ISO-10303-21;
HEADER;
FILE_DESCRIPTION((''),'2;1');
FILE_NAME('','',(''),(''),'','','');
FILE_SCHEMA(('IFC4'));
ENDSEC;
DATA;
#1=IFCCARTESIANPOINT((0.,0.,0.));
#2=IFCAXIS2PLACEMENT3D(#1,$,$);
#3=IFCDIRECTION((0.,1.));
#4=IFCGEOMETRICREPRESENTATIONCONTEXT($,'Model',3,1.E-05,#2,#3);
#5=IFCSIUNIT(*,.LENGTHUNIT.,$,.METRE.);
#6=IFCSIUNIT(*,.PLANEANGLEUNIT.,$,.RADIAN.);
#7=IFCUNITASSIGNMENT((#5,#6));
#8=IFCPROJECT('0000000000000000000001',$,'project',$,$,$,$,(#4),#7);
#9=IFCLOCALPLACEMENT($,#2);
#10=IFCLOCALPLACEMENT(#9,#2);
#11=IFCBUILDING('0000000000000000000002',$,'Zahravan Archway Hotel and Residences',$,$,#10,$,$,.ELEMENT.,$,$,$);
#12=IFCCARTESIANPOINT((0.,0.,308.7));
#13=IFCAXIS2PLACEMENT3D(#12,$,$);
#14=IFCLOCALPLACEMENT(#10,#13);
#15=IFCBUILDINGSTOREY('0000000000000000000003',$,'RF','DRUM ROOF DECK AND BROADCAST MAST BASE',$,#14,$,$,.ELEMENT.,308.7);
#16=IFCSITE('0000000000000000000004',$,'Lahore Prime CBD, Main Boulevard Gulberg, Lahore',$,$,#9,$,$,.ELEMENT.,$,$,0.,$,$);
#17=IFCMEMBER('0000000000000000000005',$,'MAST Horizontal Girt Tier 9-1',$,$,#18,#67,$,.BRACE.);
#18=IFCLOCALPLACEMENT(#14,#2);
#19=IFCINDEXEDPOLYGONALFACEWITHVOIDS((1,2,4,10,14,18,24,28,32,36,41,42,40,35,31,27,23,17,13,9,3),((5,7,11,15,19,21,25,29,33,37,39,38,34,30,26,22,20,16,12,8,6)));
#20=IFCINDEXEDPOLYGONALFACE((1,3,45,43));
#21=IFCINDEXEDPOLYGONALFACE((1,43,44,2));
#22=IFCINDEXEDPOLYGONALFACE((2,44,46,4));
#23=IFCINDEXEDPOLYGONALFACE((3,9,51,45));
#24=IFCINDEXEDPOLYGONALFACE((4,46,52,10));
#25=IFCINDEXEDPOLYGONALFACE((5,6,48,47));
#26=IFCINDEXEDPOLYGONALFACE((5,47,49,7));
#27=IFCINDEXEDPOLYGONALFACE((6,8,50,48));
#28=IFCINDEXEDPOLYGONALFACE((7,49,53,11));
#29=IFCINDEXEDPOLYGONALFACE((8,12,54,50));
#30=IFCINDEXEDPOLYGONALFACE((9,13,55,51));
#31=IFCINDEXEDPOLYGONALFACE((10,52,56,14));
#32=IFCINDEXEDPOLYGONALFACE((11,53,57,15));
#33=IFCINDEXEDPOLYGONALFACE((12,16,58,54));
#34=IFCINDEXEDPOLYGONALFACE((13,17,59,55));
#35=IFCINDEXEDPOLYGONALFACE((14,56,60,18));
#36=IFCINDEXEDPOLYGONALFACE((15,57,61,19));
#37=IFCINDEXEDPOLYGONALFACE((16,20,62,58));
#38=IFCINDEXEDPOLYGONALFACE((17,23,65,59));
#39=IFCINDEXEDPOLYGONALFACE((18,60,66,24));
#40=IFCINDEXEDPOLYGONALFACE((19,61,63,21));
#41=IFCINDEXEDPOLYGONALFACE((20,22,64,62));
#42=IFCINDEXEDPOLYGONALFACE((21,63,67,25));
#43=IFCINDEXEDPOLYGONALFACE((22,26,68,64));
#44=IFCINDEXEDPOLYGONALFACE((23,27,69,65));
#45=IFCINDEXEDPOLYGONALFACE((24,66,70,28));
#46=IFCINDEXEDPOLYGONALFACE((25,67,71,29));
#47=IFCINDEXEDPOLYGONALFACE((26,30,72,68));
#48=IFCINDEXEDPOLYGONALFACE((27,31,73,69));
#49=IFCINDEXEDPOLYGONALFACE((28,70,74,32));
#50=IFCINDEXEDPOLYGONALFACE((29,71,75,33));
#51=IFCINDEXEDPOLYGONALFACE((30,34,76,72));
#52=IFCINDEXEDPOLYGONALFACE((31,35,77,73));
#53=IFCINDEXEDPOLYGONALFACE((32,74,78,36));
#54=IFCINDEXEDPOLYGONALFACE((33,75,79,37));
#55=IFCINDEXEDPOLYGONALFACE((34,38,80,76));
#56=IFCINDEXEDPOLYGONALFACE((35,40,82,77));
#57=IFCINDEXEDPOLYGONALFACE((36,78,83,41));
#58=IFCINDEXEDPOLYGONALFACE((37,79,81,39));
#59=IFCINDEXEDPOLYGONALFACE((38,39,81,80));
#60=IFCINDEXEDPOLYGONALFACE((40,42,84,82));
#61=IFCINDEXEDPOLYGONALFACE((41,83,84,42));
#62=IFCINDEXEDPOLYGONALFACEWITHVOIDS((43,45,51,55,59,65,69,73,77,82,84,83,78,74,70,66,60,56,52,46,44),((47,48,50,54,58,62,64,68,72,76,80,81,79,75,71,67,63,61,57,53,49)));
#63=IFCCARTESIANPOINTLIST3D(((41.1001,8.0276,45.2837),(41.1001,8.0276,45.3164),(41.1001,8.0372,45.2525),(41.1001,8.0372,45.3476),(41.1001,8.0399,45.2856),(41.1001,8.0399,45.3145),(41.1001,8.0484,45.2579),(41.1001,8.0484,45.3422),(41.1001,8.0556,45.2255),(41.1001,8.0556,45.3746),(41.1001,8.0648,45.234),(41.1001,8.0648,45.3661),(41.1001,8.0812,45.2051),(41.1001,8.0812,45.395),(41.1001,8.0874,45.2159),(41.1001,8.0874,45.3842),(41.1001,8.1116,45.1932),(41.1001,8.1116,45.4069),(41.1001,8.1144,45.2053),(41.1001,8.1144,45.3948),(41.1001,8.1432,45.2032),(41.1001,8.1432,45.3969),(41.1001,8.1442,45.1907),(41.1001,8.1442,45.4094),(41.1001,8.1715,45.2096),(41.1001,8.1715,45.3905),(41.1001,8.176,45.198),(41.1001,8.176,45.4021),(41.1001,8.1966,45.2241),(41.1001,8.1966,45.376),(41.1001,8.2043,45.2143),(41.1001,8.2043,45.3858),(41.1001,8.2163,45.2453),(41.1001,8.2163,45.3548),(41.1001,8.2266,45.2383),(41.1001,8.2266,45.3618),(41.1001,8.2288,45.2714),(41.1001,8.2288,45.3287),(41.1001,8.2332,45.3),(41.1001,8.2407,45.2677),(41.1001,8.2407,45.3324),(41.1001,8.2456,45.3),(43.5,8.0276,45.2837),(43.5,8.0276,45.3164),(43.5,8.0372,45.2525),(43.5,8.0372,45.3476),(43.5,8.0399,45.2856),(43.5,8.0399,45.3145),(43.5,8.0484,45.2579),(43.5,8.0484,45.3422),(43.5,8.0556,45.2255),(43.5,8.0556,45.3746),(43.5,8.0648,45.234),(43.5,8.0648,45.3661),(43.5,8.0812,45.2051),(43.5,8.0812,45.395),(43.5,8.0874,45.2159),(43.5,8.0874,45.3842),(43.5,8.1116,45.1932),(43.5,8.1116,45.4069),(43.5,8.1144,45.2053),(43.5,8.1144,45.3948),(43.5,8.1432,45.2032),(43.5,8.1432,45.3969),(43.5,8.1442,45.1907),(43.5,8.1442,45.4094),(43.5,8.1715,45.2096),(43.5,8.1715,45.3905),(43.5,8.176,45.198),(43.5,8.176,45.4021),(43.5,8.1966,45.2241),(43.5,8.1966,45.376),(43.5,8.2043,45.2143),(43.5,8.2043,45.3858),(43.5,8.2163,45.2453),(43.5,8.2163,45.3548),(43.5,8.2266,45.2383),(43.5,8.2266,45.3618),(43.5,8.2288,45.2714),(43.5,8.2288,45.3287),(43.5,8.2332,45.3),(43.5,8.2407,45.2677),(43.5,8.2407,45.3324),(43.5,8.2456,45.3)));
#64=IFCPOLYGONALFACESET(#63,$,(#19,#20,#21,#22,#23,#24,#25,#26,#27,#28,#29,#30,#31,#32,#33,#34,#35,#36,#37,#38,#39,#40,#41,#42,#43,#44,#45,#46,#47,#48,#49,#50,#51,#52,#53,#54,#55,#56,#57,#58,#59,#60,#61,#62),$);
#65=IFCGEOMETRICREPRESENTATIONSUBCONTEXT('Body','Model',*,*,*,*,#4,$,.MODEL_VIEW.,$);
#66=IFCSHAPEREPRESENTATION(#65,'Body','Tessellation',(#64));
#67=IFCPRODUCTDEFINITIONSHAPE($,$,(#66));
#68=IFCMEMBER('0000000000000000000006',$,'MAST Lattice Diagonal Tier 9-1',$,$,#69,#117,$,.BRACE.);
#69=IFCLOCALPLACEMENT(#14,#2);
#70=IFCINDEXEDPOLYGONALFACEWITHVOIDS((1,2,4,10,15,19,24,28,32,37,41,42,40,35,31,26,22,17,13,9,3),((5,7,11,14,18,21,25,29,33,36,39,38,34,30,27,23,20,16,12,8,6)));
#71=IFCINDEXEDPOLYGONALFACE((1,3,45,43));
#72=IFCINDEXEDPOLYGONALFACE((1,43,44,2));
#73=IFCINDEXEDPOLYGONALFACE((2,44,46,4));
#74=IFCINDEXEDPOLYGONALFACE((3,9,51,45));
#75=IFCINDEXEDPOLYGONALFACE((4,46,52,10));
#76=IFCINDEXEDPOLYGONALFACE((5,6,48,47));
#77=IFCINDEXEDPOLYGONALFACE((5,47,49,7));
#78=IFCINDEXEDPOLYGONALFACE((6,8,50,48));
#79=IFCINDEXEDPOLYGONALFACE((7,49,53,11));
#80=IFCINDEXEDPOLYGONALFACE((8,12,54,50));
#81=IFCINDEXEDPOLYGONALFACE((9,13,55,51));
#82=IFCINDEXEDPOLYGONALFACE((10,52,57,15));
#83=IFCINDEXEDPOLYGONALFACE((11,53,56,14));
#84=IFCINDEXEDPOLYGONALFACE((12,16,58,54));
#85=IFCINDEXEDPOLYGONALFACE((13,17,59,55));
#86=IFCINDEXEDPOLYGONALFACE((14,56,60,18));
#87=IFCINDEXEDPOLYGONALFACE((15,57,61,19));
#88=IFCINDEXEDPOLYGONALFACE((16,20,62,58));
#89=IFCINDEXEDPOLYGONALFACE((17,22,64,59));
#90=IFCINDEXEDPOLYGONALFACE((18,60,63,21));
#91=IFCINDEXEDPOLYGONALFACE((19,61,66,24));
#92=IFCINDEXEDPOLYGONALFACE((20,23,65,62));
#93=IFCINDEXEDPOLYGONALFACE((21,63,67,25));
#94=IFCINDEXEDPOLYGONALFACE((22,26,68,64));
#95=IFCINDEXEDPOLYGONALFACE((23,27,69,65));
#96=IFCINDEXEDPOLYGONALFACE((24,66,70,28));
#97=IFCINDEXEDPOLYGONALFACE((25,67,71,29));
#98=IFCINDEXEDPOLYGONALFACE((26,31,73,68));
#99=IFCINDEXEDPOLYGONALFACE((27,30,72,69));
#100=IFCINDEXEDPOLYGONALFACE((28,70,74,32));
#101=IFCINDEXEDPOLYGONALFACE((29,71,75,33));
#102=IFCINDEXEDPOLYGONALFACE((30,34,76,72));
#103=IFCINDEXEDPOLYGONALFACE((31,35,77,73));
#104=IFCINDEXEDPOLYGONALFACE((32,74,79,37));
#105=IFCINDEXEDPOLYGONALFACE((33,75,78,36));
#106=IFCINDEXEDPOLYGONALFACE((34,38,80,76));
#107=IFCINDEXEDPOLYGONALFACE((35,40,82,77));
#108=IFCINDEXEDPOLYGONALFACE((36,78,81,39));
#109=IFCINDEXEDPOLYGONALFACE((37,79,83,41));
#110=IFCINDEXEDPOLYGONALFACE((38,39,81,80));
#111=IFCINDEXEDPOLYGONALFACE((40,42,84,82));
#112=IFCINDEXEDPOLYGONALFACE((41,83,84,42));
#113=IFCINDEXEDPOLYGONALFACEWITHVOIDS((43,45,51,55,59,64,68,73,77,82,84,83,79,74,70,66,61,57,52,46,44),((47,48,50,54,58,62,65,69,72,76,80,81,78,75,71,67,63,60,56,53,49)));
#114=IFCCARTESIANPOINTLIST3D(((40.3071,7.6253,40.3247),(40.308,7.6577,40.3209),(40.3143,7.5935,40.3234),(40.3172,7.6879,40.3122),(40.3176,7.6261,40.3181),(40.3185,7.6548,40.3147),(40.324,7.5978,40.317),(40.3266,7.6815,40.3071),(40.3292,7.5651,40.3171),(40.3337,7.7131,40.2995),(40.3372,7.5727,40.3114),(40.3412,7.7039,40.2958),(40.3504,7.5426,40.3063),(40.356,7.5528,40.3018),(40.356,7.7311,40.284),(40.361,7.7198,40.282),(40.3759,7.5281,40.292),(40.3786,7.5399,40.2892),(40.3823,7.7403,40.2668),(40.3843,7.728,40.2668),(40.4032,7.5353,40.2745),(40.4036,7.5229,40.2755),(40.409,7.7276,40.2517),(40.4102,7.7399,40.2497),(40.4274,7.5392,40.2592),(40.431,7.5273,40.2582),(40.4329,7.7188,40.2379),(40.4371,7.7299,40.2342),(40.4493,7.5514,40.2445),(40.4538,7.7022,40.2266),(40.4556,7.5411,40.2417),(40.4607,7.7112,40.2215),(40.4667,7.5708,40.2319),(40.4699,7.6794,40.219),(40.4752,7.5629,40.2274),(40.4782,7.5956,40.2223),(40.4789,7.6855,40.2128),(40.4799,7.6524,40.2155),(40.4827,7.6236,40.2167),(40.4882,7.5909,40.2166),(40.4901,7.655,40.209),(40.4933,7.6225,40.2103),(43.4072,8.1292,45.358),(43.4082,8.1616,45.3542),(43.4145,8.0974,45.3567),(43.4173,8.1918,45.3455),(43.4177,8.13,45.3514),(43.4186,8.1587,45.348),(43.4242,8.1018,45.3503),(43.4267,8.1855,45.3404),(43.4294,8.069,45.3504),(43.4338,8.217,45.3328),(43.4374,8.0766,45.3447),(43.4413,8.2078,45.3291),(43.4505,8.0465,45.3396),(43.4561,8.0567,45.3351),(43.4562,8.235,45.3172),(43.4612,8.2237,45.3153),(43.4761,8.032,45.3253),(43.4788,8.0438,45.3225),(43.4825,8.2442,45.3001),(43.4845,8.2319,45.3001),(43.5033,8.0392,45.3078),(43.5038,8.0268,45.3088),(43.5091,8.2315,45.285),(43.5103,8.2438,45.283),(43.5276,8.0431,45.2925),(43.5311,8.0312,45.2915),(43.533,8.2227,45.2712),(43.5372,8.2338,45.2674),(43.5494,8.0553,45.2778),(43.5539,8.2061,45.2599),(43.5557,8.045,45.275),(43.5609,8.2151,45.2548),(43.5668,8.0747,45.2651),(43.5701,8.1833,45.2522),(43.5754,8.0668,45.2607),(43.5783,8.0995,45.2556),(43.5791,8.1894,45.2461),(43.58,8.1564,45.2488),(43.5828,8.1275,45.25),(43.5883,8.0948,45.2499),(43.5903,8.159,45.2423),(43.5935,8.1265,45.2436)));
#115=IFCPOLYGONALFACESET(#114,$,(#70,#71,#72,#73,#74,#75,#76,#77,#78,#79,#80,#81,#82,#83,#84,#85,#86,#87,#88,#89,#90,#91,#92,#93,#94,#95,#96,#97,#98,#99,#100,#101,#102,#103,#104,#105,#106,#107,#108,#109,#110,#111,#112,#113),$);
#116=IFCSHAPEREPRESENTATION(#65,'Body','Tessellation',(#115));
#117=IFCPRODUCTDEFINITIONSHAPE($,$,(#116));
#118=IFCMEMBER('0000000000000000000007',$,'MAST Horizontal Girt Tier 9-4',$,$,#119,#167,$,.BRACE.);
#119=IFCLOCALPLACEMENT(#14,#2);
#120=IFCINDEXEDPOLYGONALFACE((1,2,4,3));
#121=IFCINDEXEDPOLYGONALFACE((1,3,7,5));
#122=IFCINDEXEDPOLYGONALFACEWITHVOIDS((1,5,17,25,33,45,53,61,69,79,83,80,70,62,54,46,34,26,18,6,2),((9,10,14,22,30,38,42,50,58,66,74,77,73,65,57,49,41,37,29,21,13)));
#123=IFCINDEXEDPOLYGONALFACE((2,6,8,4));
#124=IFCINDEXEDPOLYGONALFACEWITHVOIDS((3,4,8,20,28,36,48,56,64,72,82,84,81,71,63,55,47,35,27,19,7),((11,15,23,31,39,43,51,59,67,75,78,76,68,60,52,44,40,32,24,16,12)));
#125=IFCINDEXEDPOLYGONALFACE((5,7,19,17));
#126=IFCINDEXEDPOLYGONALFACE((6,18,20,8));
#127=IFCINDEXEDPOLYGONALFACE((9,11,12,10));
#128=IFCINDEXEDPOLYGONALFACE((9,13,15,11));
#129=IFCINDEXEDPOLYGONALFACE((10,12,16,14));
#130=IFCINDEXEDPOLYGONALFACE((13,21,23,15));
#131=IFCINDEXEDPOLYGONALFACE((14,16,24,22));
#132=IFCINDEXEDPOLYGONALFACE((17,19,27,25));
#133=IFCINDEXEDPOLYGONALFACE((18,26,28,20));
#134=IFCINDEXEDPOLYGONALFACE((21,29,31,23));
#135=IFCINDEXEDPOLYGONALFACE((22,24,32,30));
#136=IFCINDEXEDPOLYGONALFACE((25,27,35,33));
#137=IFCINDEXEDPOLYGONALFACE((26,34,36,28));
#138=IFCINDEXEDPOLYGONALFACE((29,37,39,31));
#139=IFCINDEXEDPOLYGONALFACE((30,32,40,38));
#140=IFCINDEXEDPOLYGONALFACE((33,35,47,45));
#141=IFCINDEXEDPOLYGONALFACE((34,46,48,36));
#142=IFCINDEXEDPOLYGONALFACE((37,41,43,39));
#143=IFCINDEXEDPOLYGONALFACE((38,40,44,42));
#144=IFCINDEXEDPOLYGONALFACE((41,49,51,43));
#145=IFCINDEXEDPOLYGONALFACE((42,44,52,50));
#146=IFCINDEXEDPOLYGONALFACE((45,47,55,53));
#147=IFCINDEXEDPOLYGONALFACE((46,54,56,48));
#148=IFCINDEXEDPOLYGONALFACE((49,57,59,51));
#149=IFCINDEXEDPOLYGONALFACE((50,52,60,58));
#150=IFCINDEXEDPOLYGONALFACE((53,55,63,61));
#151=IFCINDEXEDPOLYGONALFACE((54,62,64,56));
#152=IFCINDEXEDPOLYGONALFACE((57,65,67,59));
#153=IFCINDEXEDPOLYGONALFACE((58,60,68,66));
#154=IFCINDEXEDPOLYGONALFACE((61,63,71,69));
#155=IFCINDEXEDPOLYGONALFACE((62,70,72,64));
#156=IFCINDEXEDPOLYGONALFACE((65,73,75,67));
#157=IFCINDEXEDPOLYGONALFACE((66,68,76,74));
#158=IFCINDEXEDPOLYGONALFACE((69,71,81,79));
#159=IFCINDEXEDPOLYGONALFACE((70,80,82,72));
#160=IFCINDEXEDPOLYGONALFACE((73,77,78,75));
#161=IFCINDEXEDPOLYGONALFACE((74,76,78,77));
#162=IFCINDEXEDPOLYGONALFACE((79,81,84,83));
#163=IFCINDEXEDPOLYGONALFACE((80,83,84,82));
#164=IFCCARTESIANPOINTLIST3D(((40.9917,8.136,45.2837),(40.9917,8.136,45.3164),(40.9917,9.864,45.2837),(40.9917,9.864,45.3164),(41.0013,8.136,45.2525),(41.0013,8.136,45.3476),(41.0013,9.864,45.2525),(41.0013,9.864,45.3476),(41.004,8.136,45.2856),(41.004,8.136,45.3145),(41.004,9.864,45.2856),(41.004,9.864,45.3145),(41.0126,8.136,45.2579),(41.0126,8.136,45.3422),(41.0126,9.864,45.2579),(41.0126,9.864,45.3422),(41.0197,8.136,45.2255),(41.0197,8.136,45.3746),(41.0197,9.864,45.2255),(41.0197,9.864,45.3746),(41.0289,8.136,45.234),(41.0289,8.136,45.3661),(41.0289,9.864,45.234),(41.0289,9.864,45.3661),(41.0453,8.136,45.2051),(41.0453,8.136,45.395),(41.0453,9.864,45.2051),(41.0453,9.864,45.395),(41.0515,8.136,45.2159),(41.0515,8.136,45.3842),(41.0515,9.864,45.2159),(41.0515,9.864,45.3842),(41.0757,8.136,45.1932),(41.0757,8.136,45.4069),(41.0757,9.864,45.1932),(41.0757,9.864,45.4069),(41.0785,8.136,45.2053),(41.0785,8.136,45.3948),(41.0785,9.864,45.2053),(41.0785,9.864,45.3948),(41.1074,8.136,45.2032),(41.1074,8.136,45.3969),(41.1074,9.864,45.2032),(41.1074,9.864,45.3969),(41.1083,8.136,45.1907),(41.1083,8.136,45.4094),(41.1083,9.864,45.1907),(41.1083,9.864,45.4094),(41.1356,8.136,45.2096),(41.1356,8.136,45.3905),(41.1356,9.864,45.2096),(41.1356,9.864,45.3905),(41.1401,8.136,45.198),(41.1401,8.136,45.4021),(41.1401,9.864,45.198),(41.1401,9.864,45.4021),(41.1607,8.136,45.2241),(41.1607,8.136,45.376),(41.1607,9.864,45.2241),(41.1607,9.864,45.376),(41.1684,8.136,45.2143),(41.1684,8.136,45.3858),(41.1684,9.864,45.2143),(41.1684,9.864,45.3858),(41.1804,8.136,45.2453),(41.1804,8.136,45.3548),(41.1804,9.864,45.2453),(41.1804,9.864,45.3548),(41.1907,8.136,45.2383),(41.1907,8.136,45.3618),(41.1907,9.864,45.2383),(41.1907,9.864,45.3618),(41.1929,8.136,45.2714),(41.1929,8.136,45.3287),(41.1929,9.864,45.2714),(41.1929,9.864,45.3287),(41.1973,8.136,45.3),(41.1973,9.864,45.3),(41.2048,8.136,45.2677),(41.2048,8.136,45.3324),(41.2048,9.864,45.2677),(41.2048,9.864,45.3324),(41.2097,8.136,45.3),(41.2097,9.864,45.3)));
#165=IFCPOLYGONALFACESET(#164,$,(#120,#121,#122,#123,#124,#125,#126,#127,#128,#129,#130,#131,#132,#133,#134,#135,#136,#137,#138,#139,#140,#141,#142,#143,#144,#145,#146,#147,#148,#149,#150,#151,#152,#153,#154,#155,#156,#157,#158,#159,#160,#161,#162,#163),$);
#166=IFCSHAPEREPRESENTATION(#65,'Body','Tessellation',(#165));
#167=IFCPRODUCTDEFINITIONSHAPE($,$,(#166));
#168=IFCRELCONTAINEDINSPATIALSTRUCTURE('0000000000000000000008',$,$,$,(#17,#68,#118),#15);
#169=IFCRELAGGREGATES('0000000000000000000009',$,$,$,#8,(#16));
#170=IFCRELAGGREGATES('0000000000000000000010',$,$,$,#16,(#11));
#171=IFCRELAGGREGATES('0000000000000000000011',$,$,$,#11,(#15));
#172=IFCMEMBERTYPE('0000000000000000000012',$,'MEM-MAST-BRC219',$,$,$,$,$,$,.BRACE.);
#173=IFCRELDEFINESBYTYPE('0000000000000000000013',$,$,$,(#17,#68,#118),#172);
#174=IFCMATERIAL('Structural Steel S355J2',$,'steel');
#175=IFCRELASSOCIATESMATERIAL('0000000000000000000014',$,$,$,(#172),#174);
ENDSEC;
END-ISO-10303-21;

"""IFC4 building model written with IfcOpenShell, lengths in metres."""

from ifc_helpers import new_model, si_unit, direction, frame, origin, origin_2d, place, context, subcontext, project, spatial, hollow_circle, extrude, source, transform, mapped, material, material_profile, profile_set, type_object, element, save


model = new_model("IFC4")

# Units and contexts
model_context = context("Model", 3, precision=1e-05, world=origin(), true_north=direction((0.0, 1.0)))
body_context = subcontext(model_context, "Body", "Model", "MODEL_VIEW")
ifc_project = project(units=[si_unit("LENGTHUNIT", "METRE"), si_unit("PLANEANGLEUNIT", "RADIAN")], contexts=[model_context])

# Site, building, storey
site_placement = place(None, origin())
site = spatial("IfcSite", under=ifc_project, at=site_placement, Name="Lahore Prime CBD, Main Boulevard Gulberg, Lahore", CompositionType="ELEMENT", RefElevation=0.0)
building_placement = place(site_placement, origin())
building = spatial("IfcBuilding", under=site, at=building_placement, Name="Zahravan Archway Hotel and Residences", CompositionType="ELEMENT")
storey_placement = place(building_placement, frame((0.0, 0.0, 308.7)))
storey = spatial("IfcBuildingStorey", under=building, at=storey_placement, Name="RF", Description="DRUM ROOF DECK AND BROADCAST MAST BASE", CompositionType="ELEMENT", Elevation=308.7)

# Members
ifc_material_1 = material(Name="Structural Steel S355J2", Category="steel")
ifc_material_profile_1 = material_profile(ifc_material_1, hollow_circle(Radius=0.1096, WallThickness=0.0125, at=origin_2d()), Name="CHS 219.1x12.5", Category="steel")
ifc_profile_set_1 = profile_set([ifc_material_profile_1], Name="Structural Steel S355J2")
member_type_1 = type_object("IfcMemberType", Name="MEM-MAST-BRC219", PredefinedType="BRACE", material=ifc_profile_set_1)
shared_shape_1 = source(origin(), body_context, "Body", "SweptSolid", [
    extrude(hollow_circle(Radius=0.1096, WallThickness=0.0125, at=origin_2d()), origin(), (0.0, 0.0, 1.0), 2.3999),
])
member_1_placement = place(storey_placement, frame((41.1001, 8.136, 45.3), z_axis=(1.0, 0.0, 0.0), x_axis=(0.0, 1.0, 0.0)))
element("IfcMember", 1, at=member_1_placement, inside=storey, type_object=member_type_1, Name="MAST Horizontal Girt Tier 9-1", PredefinedType="BRACE", context=body_context, shape_type="MappedRepresentation", body=[
    mapped(shared_shape_1, transform((0.0, 0.0, 0.0), scale=1.0)),
])
shared_shape_2 = source(origin(), body_context, "Body", "SweptSolid", [
    extrude(hollow_circle(Radius=0.1096, WallThickness=0.0125, at=origin_2d()), origin(), (0.0, 0.0, 1.0), 5.9329),
])
member_2_placement = place(storey_placement, frame((40.3999, 7.6321, 40.2668), z_axis=(0.522539, 0.084936, 0.848374), x_axis=(-0.16044, 0.987046, 0.0)))
element("IfcMember", 2, at=member_2_placement, inside=storey, type_object=member_type_1, Name="MAST Lattice Diagonal Tier 9-1", PredefinedType="BRACE", context=body_context, shape_type="MappedRepresentation", body=[
    mapped(shared_shape_2, transform((0.0, 0.0, 0.0), scale=1.0)),
])
shared_shape_3 = source(origin(), body_context, "Body", "SweptSolid", [
    extrude(hollow_circle(Radius=0.1096, WallThickness=0.0125, at=origin_2d()), origin(), (0.0, 0.0, 1.0), 1.728),
])
member_3_placement = place(storey_placement, frame((41.1001, 9.864, 45.3), z_axis=(0.0, -1.0, 0.0), x_axis=(1.0, 0.0, 0.0)))
element("IfcMember", 3, at=member_3_placement, inside=storey, type_object=member_type_1, Name="MAST Horizontal Girt Tier 9-4", PredefinedType="BRACE", context=body_context, shape_type="MappedRepresentation", body=[
    mapped(shared_shape_3, transform((0.0, 0.0, 0.0), scale=1.0)),
])

save(model, "model.ifc")
